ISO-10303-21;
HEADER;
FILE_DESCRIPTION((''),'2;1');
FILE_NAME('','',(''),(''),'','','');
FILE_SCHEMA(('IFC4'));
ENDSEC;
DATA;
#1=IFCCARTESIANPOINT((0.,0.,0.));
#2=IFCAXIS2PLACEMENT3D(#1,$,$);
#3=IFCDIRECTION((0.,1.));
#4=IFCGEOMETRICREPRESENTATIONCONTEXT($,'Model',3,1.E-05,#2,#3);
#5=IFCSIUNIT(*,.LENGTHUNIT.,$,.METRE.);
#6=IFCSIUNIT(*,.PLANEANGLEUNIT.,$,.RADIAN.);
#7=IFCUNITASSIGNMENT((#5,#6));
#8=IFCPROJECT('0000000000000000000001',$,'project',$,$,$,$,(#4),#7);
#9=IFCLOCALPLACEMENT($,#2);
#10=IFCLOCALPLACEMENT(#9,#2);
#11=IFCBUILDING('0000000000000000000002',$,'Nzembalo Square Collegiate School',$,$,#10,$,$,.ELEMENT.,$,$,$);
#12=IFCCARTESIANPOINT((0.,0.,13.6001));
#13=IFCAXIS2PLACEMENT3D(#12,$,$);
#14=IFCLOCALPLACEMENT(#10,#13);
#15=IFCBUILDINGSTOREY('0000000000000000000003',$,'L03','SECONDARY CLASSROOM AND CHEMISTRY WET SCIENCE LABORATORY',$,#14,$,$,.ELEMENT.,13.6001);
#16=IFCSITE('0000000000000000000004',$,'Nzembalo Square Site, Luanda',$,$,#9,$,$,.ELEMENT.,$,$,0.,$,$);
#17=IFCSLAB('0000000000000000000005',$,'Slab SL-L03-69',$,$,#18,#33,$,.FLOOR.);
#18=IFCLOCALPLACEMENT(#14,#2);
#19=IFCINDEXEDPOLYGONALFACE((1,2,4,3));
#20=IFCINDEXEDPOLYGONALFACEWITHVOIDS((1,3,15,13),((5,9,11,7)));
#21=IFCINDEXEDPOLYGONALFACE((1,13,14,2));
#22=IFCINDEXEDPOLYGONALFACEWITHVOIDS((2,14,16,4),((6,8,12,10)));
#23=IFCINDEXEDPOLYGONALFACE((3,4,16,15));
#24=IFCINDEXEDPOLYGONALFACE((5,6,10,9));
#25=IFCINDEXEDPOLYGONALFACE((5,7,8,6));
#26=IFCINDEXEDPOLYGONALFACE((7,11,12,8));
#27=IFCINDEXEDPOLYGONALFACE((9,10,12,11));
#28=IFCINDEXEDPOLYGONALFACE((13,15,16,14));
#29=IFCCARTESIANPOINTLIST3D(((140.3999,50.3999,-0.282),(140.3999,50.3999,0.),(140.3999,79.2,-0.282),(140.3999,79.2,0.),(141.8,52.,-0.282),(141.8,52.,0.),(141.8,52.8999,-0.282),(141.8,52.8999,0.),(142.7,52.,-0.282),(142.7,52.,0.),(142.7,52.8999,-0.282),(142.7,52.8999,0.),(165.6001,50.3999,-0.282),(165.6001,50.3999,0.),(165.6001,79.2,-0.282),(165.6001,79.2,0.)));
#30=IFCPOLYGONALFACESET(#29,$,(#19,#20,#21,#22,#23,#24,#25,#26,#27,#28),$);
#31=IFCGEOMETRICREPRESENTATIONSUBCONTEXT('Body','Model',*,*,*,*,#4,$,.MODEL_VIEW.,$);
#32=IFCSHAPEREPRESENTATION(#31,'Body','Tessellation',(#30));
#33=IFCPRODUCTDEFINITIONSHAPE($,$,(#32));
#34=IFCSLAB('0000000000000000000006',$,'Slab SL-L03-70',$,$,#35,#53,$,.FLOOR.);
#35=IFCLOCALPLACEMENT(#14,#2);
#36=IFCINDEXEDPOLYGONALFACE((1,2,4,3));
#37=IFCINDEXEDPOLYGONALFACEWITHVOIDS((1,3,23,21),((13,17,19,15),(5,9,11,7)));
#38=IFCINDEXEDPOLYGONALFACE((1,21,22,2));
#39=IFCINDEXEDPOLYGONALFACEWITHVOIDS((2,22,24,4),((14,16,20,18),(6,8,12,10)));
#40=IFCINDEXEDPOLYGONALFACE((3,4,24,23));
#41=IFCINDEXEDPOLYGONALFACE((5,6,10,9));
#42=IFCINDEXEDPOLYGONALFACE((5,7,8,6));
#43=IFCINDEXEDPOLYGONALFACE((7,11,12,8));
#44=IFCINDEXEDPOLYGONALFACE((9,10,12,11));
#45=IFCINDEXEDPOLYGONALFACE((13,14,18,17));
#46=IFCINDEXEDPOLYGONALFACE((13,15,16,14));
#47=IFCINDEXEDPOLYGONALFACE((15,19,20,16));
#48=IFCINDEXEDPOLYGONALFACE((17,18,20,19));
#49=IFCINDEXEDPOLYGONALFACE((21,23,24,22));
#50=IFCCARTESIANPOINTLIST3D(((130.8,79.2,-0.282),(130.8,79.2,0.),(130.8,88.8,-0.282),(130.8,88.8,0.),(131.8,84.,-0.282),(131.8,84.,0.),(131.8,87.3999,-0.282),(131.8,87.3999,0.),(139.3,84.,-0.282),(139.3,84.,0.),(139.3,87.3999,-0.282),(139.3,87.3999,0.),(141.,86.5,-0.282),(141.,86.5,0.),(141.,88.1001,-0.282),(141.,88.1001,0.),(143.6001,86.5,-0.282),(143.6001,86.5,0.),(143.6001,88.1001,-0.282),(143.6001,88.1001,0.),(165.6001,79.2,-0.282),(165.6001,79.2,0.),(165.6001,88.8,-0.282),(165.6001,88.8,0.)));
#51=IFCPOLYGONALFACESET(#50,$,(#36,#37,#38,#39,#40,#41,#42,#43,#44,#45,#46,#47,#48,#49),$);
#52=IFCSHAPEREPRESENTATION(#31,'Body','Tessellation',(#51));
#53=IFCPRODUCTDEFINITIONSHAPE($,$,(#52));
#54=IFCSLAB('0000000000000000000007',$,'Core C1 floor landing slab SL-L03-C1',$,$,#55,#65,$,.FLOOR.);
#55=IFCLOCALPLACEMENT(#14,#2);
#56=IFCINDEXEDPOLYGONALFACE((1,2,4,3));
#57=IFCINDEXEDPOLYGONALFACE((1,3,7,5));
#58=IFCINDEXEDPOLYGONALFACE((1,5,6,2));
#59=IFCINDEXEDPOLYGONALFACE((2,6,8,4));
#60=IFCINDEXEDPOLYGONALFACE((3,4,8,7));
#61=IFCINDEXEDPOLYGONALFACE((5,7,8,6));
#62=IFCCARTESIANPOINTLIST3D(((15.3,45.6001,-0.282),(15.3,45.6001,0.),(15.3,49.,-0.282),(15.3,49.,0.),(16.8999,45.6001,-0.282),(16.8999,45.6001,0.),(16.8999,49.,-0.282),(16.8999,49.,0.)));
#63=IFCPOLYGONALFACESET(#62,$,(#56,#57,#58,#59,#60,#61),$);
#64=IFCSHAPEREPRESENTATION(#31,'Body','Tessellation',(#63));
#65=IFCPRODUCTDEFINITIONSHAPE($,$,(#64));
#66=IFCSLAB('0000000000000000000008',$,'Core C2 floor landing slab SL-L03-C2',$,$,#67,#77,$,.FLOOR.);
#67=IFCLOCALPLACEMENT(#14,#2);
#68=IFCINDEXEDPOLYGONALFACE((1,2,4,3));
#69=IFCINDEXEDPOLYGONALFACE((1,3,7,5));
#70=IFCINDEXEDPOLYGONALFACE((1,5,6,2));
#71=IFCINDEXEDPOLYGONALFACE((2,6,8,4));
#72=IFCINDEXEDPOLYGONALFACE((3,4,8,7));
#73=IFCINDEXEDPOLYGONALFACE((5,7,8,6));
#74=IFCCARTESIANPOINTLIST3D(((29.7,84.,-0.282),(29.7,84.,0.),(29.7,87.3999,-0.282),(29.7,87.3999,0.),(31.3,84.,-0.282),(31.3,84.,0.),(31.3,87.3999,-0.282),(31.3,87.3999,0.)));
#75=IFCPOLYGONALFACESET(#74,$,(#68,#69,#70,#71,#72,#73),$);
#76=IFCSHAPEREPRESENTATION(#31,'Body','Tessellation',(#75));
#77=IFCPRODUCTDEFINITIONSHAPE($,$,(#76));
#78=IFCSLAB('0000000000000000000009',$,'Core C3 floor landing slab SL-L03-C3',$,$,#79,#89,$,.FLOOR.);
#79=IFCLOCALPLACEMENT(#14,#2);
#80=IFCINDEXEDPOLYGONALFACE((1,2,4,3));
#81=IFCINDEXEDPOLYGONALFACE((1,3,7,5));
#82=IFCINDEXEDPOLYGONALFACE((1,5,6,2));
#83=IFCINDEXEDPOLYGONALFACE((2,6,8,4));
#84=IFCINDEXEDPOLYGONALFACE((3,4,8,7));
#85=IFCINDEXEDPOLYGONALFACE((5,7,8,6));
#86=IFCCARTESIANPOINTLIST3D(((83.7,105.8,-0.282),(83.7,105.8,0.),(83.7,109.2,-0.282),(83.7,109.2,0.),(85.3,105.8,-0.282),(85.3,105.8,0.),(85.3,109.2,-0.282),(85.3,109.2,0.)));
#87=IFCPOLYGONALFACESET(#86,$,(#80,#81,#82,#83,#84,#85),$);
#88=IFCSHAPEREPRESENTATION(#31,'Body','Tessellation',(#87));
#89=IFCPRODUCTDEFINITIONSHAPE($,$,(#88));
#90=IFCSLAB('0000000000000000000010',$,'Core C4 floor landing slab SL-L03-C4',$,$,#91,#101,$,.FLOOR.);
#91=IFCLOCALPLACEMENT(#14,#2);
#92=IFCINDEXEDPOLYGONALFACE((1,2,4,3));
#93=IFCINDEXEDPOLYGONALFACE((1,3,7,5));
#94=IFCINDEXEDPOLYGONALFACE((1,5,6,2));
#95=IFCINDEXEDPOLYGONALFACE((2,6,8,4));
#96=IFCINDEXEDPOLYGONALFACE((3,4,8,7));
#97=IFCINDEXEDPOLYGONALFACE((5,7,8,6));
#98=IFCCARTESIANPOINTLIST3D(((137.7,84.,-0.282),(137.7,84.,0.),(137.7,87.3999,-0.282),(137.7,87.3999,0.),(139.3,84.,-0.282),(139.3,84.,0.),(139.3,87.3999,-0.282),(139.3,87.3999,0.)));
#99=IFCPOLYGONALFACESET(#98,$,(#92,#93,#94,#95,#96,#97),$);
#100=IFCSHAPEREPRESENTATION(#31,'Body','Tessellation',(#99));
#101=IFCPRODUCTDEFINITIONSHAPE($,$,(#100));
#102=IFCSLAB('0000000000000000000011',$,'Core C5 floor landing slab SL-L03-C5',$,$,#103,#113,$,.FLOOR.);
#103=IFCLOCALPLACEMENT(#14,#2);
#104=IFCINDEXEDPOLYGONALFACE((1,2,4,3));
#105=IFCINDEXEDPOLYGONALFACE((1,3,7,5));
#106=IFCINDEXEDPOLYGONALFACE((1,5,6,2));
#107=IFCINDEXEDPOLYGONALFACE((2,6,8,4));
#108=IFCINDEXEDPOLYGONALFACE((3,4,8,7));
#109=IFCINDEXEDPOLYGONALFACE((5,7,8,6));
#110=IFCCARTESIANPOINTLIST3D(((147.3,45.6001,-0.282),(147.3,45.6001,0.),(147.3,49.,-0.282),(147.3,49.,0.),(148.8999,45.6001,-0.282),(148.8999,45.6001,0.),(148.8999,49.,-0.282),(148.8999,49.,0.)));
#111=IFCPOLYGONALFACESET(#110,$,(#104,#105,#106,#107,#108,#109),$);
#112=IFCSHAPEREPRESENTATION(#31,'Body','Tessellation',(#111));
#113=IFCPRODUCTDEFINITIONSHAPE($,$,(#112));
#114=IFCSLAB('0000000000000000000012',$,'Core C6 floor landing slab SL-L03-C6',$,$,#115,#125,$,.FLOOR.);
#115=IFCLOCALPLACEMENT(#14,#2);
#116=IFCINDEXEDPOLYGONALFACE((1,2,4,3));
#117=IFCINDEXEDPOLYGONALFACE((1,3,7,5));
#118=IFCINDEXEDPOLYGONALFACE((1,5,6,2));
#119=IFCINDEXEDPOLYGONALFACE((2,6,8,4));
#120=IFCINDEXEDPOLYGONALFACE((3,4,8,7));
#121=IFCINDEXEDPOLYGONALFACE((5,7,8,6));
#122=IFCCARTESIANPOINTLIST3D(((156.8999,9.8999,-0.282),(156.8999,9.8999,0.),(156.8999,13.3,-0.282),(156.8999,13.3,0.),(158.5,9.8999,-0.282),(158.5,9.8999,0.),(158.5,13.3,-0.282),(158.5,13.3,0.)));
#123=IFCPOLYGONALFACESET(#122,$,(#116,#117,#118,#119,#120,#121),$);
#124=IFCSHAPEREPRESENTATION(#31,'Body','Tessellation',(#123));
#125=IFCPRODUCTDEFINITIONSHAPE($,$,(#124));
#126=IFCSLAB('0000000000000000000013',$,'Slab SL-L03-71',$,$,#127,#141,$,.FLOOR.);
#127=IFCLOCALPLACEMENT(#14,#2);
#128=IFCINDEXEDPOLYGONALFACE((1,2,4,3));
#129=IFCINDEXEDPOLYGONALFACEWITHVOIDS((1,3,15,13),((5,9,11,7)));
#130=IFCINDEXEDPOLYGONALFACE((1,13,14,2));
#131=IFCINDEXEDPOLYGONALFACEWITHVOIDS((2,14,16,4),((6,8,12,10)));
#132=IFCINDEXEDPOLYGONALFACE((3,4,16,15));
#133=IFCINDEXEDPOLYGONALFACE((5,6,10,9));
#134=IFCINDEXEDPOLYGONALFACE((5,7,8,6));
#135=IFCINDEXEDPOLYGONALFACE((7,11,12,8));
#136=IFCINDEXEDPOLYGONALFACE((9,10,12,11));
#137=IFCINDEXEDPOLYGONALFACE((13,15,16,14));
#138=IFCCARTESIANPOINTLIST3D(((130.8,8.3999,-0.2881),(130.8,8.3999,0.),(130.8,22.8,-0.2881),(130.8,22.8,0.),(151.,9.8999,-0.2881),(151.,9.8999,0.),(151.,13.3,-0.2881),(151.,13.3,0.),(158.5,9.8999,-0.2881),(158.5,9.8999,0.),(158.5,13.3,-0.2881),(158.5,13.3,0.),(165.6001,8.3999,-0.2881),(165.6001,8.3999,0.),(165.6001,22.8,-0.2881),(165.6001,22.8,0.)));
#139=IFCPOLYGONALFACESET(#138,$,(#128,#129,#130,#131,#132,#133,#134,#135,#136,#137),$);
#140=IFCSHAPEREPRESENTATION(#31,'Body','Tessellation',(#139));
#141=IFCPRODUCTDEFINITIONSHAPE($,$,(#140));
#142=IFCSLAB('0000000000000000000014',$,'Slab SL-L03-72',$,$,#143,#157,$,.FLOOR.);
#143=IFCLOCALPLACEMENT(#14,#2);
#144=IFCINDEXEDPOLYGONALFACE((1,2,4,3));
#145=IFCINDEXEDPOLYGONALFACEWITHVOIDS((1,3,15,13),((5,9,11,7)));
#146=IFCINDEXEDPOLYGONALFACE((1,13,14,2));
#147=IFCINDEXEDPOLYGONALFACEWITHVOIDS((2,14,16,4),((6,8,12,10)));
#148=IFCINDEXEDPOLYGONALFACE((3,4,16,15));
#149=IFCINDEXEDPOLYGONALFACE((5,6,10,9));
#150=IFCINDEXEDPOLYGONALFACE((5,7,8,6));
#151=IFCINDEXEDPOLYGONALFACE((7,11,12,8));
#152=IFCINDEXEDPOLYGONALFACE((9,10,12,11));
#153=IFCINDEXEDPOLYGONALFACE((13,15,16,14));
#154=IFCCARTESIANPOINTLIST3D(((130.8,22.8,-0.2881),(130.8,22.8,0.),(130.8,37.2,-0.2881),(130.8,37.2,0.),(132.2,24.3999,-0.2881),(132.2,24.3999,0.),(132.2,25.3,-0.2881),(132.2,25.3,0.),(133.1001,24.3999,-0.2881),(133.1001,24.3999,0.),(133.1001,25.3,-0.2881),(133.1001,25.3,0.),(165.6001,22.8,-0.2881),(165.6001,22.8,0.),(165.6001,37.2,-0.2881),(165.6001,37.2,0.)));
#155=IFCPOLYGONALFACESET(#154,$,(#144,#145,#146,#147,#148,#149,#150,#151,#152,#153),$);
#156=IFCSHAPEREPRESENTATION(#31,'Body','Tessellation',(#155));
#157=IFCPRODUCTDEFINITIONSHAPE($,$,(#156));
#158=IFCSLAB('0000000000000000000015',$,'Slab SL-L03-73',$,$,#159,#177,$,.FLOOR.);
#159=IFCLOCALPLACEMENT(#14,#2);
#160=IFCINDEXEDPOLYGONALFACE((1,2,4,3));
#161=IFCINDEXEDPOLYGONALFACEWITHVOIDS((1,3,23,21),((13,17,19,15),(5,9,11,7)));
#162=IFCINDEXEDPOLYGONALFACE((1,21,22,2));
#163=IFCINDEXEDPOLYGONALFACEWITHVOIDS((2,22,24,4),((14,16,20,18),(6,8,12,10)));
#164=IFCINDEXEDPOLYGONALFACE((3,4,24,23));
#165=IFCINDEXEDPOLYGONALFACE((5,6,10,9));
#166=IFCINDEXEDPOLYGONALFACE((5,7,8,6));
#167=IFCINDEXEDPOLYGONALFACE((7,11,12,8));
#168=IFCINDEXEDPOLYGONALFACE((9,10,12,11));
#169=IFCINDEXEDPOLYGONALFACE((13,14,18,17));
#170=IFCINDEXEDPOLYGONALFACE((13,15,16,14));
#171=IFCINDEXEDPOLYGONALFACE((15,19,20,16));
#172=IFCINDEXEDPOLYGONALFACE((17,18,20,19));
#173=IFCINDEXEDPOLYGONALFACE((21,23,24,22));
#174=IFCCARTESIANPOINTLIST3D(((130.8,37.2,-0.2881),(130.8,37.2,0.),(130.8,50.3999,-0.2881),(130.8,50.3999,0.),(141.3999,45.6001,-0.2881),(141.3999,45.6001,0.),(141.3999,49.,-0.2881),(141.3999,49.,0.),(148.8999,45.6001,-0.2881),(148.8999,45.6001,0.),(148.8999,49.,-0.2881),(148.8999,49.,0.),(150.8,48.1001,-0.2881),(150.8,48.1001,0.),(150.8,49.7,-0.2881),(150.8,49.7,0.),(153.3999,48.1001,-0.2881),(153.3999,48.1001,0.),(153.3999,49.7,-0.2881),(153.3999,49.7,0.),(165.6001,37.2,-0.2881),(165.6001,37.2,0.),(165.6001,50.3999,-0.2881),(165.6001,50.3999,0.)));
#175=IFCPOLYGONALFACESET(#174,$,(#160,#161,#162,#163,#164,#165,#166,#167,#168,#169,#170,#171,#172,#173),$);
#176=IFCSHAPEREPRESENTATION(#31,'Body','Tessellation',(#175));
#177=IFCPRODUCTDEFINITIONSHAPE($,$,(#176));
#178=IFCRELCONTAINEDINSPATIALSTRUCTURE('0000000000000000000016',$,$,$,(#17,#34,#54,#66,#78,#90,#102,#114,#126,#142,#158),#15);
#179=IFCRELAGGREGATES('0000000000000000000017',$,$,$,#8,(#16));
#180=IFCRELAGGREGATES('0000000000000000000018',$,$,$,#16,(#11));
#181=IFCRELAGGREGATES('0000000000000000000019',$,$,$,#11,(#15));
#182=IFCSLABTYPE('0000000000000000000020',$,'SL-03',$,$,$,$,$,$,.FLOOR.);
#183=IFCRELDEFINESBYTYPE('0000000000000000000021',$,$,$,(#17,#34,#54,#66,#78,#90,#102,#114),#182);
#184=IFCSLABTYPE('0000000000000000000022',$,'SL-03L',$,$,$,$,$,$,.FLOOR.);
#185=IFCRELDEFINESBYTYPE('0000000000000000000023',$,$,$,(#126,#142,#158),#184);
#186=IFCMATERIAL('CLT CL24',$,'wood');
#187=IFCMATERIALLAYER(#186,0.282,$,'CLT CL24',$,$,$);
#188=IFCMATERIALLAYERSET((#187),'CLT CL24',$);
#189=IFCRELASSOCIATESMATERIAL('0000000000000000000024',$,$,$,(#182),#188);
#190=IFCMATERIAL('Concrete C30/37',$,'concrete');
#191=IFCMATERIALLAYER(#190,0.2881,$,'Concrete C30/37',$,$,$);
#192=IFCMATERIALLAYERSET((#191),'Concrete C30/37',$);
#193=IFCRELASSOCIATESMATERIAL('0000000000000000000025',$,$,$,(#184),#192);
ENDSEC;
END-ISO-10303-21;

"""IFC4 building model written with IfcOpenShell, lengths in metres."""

from ifc_helpers import new_model, si_unit, direction, frame, origin, place, context, subcontext, project, spatial, polyline, outline, extrude, material, layer, layer_set, type_object, element, save


model = new_model("IFC4")

# Units and contexts
model_context = context("Model", 3, precision=1e-05, world=origin(), true_north=direction((0.0, 1.0)))
body_context = subcontext(model_context, "Body", "Model", "MODEL_VIEW")
ifc_project = project(units=[si_unit("LENGTHUNIT", "METRE"), si_unit("PLANEANGLEUNIT", "RADIAN")], contexts=[model_context])

# Site, building, storey
site_placement = place(None, origin())
site = spatial("IfcSite", under=ifc_project, at=site_placement, Name="Nzembalo Square Site, Luanda", CompositionType="ELEMENT", RefElevation=0.0)
building_placement = place(site_placement, origin())
building = spatial("IfcBuilding", under=site, at=building_placement, Name="Nzembalo Square Collegiate School", CompositionType="ELEMENT")
storey_placement = place(building_placement, frame((0.0, 0.0, 13.6001)))
storey = spatial("IfcBuildingStorey", under=building, at=storey_placement, Name="L03", Description="SECONDARY CLASSROOM AND CHEMISTRY WET SCIENCE LABORATORY", CompositionType="ELEMENT", Elevation=13.6001)

# Slabs
ifc_material_1 = material(Name="CLT CL24", Category="wood")
ifc_layer_1 = layer(ifc_material_1, 0.282, Name="CLT CL24")
ifc_layer_set_1 = layer_set([ifc_layer_1], Name="CLT CL24")
slab_type_1 = type_object("IfcSlabType", Name="SL-03", PredefinedType="FLOOR", material=ifc_layer_set_1)
slab_1_placement = place(storey_placement, frame((0.0, 0.0, -0.282)))
element("IfcSlab", 1, at=slab_1_placement, inside=storey, type_object=slab_type_1, Name="Slab SL-L03-69", PredefinedType="FLOOR", context=body_context, shape_type="SweptSolid", body=[
    extrude(outline(polyline([(140.3999, 50.3999), (165.6001, 50.3999), (165.6001, 79.2), (140.3999, 79.2), (140.3999, 50.3999)]), holes=[polyline([(141.8, 52.0), (142.7, 52.0), (142.7, 52.8999), (141.8, 52.8999), (141.8, 52.0)])]), origin(), (0.0, 0.0, 1.0), 0.282),
])
slab_2_placement = place(storey_placement, frame((0.0, 0.0, -0.282)))
element("IfcSlab", 2, at=slab_2_placement, inside=storey, type_object=slab_type_1, Name="Slab SL-L03-70", PredefinedType="FLOOR", context=body_context, shape_type="SweptSolid", body=[
    extrude(outline(polyline([(130.8, 79.2), (165.6001, 79.2), (165.6001, 88.8), (130.8, 88.8), (130.8, 79.2)]), holes=[polyline([(141.0, 86.5), (143.6001, 86.5), (143.6001, 88.1001), (141.0, 88.1001), (141.0, 86.5)]), polyline([(139.3, 87.3999), (131.8, 87.3999), (131.8, 84.0), (139.3, 84.0), (139.3, 87.3999)])]), origin(), (0.0, 0.0, 1.0), 0.282),
])
slab_3_placement = place(storey_placement, frame((0.0, 0.0, -0.282)))
element("IfcSlab", 3, at=slab_3_placement, inside=storey, type_object=slab_type_1, Name="Core C1 floor landing slab SL-L03-C1", PredefinedType="FLOOR", context=body_context, shape_type="SweptSolid", body=[
    extrude(outline(polyline([(15.3, 45.6001), (16.8999, 45.6001), (16.8999, 49.0), (15.3, 49.0), (15.3, 45.6001)])), origin(), (0.0, 0.0, 1.0), 0.282),
])
slab_4_placement = place(storey_placement, frame((0.0, 0.0, -0.282)))
element("IfcSlab", 4, at=slab_4_placement, inside=storey, type_object=slab_type_1, Name="Core C2 floor landing slab SL-L03-C2", PredefinedType="FLOOR", context=body_context, shape_type="SweptSolid", body=[
    extrude(outline(polyline([(29.7, 84.0), (31.3, 84.0), (31.3, 87.3999), (29.7, 87.3999), (29.7, 84.0)])), origin(), (0.0, 0.0, 1.0), 0.282),
])
slab_5_placement = place(storey_placement, frame((0.0, 0.0, -0.282)))
element("IfcSlab", 5, at=slab_5_placement, inside=storey, type_object=slab_type_1, Name="Core C3 floor landing slab SL-L03-C3", PredefinedType="FLOOR", context=body_context, shape_type="SweptSolid", body=[
    extrude(outline(polyline([(83.7, 105.8), (85.3, 105.8), (85.3, 109.2), (83.7, 109.2), (83.7, 105.8)])), origin(), (0.0, 0.0, 1.0), 0.282),
])
slab_6_placement = place(storey_placement, frame((0.0, 0.0, -0.282)))
element("IfcSlab", 6, at=slab_6_placement, inside=storey, type_object=slab_type_1, Name="Core C4 floor landing slab SL-L03-C4", PredefinedType="FLOOR", context=body_context, shape_type="SweptSolid", body=[
    extrude(outline(polyline([(137.7, 84.0), (139.3, 84.0), (139.3, 87.3999), (137.7, 87.3999), (137.7, 84.0)])), origin(), (0.0, 0.0, 1.0), 0.282),
])
slab_7_placement = place(storey_placement, frame((0.0, 0.0, -0.282)))
element("IfcSlab", 7, at=slab_7_placement, inside=storey, type_object=slab_type_1, Name="Core C5 floor landing slab SL-L03-C5", PredefinedType="FLOOR", context=body_context, shape_type="SweptSolid", body=[
    extrude(outline(polyline([(147.3, 45.6001), (148.8999, 45.6001), (148.8999, 49.0), (147.3, 49.0), (147.3, 45.6001)])), origin(), (0.0, 0.0, 1.0), 0.282),
])
slab_8_placement = place(storey_placement, frame((0.0, 0.0, -0.282)))
element("IfcSlab", 8, at=slab_8_placement, inside=storey, type_object=slab_type_1, Name="Core C6 floor landing slab SL-L03-C6", PredefinedType="FLOOR", context=body_context, shape_type="SweptSolid", body=[
    extrude(outline(polyline([(156.8999, 9.8999), (158.5, 9.8999), (158.5, 13.3), (156.8999, 13.3), (156.8999, 9.8999)])), origin(), (0.0, 0.0, 1.0), 0.282),
])
ifc_material_2 = material(Name="Concrete C30/37", Category="concrete")
ifc_layer_2 = layer(ifc_material_2, 0.2881, Name="Concrete C30/37")
ifc_layer_set_2 = layer_set([ifc_layer_2], Name="Concrete C30/37")
slab_type_2 = type_object("IfcSlabType", Name="SL-03L", PredefinedType="FLOOR", material=ifc_layer_set_2)
slab_9_placement = place(storey_placement, frame((0.0, 0.0, -0.2881)))
element("IfcSlab", 9, at=slab_9_placement, inside=storey, type_object=slab_type_2, Name="Slab SL-L03-71", PredefinedType="FLOOR", context=body_context, shape_type="SweptSolid", body=[
    extrude(outline(polyline([(130.8, 8.3999), (165.6001, 8.3999), (165.6001, 22.8), (130.8, 22.8), (130.8, 8.3999)]), holes=[polyline([(158.5, 13.3), (151.0, 13.3), (151.0, 9.8999), (158.5, 9.8999), (158.5, 13.3)])]), origin(), (0.0, 0.0, 1.0), 0.2881),
])
slab_10_placement = place(storey_placement, frame((0.0, 0.0, -0.2881)))
element("IfcSlab", 10, at=slab_10_placement, inside=storey, type_object=slab_type_2, Name="Slab SL-L03-72", PredefinedType="FLOOR", context=body_context, shape_type="SweptSolid", body=[
    extrude(outline(polyline([(130.8, 22.8), (165.6001, 22.8), (165.6001, 37.2), (130.8, 37.2), (130.8, 22.8)]), holes=[polyline([(132.2, 24.3999), (133.1001, 24.3999), (133.1001, 25.3), (132.2, 25.3), (132.2, 24.3999)])]), origin(), (0.0, 0.0, 1.0), 0.2881),
])
slab_11_placement = place(storey_placement, frame((0.0, 0.0, -0.2881)))
element("IfcSlab", 11, at=slab_11_placement, inside=storey, type_object=slab_type_2, Name="Slab SL-L03-73", PredefinedType="FLOOR", context=body_context, shape_type="SweptSolid", body=[
    extrude(outline(polyline([(130.8, 37.2), (165.6001, 37.2), (165.6001, 50.3999), (130.8, 50.3999), (130.8, 37.2)]), holes=[polyline([(150.8, 48.1001), (153.3999, 48.1001), (153.3999, 49.7), (150.8, 49.7), (150.8, 48.1001)]), polyline([(148.8999, 49.0), (141.3999, 49.0), (141.3999, 45.6001), (148.8999, 45.6001), (148.8999, 49.0)])]), origin(), (0.0, 0.0, 1.0), 0.2881),
])

save(model, "model.ifc")
